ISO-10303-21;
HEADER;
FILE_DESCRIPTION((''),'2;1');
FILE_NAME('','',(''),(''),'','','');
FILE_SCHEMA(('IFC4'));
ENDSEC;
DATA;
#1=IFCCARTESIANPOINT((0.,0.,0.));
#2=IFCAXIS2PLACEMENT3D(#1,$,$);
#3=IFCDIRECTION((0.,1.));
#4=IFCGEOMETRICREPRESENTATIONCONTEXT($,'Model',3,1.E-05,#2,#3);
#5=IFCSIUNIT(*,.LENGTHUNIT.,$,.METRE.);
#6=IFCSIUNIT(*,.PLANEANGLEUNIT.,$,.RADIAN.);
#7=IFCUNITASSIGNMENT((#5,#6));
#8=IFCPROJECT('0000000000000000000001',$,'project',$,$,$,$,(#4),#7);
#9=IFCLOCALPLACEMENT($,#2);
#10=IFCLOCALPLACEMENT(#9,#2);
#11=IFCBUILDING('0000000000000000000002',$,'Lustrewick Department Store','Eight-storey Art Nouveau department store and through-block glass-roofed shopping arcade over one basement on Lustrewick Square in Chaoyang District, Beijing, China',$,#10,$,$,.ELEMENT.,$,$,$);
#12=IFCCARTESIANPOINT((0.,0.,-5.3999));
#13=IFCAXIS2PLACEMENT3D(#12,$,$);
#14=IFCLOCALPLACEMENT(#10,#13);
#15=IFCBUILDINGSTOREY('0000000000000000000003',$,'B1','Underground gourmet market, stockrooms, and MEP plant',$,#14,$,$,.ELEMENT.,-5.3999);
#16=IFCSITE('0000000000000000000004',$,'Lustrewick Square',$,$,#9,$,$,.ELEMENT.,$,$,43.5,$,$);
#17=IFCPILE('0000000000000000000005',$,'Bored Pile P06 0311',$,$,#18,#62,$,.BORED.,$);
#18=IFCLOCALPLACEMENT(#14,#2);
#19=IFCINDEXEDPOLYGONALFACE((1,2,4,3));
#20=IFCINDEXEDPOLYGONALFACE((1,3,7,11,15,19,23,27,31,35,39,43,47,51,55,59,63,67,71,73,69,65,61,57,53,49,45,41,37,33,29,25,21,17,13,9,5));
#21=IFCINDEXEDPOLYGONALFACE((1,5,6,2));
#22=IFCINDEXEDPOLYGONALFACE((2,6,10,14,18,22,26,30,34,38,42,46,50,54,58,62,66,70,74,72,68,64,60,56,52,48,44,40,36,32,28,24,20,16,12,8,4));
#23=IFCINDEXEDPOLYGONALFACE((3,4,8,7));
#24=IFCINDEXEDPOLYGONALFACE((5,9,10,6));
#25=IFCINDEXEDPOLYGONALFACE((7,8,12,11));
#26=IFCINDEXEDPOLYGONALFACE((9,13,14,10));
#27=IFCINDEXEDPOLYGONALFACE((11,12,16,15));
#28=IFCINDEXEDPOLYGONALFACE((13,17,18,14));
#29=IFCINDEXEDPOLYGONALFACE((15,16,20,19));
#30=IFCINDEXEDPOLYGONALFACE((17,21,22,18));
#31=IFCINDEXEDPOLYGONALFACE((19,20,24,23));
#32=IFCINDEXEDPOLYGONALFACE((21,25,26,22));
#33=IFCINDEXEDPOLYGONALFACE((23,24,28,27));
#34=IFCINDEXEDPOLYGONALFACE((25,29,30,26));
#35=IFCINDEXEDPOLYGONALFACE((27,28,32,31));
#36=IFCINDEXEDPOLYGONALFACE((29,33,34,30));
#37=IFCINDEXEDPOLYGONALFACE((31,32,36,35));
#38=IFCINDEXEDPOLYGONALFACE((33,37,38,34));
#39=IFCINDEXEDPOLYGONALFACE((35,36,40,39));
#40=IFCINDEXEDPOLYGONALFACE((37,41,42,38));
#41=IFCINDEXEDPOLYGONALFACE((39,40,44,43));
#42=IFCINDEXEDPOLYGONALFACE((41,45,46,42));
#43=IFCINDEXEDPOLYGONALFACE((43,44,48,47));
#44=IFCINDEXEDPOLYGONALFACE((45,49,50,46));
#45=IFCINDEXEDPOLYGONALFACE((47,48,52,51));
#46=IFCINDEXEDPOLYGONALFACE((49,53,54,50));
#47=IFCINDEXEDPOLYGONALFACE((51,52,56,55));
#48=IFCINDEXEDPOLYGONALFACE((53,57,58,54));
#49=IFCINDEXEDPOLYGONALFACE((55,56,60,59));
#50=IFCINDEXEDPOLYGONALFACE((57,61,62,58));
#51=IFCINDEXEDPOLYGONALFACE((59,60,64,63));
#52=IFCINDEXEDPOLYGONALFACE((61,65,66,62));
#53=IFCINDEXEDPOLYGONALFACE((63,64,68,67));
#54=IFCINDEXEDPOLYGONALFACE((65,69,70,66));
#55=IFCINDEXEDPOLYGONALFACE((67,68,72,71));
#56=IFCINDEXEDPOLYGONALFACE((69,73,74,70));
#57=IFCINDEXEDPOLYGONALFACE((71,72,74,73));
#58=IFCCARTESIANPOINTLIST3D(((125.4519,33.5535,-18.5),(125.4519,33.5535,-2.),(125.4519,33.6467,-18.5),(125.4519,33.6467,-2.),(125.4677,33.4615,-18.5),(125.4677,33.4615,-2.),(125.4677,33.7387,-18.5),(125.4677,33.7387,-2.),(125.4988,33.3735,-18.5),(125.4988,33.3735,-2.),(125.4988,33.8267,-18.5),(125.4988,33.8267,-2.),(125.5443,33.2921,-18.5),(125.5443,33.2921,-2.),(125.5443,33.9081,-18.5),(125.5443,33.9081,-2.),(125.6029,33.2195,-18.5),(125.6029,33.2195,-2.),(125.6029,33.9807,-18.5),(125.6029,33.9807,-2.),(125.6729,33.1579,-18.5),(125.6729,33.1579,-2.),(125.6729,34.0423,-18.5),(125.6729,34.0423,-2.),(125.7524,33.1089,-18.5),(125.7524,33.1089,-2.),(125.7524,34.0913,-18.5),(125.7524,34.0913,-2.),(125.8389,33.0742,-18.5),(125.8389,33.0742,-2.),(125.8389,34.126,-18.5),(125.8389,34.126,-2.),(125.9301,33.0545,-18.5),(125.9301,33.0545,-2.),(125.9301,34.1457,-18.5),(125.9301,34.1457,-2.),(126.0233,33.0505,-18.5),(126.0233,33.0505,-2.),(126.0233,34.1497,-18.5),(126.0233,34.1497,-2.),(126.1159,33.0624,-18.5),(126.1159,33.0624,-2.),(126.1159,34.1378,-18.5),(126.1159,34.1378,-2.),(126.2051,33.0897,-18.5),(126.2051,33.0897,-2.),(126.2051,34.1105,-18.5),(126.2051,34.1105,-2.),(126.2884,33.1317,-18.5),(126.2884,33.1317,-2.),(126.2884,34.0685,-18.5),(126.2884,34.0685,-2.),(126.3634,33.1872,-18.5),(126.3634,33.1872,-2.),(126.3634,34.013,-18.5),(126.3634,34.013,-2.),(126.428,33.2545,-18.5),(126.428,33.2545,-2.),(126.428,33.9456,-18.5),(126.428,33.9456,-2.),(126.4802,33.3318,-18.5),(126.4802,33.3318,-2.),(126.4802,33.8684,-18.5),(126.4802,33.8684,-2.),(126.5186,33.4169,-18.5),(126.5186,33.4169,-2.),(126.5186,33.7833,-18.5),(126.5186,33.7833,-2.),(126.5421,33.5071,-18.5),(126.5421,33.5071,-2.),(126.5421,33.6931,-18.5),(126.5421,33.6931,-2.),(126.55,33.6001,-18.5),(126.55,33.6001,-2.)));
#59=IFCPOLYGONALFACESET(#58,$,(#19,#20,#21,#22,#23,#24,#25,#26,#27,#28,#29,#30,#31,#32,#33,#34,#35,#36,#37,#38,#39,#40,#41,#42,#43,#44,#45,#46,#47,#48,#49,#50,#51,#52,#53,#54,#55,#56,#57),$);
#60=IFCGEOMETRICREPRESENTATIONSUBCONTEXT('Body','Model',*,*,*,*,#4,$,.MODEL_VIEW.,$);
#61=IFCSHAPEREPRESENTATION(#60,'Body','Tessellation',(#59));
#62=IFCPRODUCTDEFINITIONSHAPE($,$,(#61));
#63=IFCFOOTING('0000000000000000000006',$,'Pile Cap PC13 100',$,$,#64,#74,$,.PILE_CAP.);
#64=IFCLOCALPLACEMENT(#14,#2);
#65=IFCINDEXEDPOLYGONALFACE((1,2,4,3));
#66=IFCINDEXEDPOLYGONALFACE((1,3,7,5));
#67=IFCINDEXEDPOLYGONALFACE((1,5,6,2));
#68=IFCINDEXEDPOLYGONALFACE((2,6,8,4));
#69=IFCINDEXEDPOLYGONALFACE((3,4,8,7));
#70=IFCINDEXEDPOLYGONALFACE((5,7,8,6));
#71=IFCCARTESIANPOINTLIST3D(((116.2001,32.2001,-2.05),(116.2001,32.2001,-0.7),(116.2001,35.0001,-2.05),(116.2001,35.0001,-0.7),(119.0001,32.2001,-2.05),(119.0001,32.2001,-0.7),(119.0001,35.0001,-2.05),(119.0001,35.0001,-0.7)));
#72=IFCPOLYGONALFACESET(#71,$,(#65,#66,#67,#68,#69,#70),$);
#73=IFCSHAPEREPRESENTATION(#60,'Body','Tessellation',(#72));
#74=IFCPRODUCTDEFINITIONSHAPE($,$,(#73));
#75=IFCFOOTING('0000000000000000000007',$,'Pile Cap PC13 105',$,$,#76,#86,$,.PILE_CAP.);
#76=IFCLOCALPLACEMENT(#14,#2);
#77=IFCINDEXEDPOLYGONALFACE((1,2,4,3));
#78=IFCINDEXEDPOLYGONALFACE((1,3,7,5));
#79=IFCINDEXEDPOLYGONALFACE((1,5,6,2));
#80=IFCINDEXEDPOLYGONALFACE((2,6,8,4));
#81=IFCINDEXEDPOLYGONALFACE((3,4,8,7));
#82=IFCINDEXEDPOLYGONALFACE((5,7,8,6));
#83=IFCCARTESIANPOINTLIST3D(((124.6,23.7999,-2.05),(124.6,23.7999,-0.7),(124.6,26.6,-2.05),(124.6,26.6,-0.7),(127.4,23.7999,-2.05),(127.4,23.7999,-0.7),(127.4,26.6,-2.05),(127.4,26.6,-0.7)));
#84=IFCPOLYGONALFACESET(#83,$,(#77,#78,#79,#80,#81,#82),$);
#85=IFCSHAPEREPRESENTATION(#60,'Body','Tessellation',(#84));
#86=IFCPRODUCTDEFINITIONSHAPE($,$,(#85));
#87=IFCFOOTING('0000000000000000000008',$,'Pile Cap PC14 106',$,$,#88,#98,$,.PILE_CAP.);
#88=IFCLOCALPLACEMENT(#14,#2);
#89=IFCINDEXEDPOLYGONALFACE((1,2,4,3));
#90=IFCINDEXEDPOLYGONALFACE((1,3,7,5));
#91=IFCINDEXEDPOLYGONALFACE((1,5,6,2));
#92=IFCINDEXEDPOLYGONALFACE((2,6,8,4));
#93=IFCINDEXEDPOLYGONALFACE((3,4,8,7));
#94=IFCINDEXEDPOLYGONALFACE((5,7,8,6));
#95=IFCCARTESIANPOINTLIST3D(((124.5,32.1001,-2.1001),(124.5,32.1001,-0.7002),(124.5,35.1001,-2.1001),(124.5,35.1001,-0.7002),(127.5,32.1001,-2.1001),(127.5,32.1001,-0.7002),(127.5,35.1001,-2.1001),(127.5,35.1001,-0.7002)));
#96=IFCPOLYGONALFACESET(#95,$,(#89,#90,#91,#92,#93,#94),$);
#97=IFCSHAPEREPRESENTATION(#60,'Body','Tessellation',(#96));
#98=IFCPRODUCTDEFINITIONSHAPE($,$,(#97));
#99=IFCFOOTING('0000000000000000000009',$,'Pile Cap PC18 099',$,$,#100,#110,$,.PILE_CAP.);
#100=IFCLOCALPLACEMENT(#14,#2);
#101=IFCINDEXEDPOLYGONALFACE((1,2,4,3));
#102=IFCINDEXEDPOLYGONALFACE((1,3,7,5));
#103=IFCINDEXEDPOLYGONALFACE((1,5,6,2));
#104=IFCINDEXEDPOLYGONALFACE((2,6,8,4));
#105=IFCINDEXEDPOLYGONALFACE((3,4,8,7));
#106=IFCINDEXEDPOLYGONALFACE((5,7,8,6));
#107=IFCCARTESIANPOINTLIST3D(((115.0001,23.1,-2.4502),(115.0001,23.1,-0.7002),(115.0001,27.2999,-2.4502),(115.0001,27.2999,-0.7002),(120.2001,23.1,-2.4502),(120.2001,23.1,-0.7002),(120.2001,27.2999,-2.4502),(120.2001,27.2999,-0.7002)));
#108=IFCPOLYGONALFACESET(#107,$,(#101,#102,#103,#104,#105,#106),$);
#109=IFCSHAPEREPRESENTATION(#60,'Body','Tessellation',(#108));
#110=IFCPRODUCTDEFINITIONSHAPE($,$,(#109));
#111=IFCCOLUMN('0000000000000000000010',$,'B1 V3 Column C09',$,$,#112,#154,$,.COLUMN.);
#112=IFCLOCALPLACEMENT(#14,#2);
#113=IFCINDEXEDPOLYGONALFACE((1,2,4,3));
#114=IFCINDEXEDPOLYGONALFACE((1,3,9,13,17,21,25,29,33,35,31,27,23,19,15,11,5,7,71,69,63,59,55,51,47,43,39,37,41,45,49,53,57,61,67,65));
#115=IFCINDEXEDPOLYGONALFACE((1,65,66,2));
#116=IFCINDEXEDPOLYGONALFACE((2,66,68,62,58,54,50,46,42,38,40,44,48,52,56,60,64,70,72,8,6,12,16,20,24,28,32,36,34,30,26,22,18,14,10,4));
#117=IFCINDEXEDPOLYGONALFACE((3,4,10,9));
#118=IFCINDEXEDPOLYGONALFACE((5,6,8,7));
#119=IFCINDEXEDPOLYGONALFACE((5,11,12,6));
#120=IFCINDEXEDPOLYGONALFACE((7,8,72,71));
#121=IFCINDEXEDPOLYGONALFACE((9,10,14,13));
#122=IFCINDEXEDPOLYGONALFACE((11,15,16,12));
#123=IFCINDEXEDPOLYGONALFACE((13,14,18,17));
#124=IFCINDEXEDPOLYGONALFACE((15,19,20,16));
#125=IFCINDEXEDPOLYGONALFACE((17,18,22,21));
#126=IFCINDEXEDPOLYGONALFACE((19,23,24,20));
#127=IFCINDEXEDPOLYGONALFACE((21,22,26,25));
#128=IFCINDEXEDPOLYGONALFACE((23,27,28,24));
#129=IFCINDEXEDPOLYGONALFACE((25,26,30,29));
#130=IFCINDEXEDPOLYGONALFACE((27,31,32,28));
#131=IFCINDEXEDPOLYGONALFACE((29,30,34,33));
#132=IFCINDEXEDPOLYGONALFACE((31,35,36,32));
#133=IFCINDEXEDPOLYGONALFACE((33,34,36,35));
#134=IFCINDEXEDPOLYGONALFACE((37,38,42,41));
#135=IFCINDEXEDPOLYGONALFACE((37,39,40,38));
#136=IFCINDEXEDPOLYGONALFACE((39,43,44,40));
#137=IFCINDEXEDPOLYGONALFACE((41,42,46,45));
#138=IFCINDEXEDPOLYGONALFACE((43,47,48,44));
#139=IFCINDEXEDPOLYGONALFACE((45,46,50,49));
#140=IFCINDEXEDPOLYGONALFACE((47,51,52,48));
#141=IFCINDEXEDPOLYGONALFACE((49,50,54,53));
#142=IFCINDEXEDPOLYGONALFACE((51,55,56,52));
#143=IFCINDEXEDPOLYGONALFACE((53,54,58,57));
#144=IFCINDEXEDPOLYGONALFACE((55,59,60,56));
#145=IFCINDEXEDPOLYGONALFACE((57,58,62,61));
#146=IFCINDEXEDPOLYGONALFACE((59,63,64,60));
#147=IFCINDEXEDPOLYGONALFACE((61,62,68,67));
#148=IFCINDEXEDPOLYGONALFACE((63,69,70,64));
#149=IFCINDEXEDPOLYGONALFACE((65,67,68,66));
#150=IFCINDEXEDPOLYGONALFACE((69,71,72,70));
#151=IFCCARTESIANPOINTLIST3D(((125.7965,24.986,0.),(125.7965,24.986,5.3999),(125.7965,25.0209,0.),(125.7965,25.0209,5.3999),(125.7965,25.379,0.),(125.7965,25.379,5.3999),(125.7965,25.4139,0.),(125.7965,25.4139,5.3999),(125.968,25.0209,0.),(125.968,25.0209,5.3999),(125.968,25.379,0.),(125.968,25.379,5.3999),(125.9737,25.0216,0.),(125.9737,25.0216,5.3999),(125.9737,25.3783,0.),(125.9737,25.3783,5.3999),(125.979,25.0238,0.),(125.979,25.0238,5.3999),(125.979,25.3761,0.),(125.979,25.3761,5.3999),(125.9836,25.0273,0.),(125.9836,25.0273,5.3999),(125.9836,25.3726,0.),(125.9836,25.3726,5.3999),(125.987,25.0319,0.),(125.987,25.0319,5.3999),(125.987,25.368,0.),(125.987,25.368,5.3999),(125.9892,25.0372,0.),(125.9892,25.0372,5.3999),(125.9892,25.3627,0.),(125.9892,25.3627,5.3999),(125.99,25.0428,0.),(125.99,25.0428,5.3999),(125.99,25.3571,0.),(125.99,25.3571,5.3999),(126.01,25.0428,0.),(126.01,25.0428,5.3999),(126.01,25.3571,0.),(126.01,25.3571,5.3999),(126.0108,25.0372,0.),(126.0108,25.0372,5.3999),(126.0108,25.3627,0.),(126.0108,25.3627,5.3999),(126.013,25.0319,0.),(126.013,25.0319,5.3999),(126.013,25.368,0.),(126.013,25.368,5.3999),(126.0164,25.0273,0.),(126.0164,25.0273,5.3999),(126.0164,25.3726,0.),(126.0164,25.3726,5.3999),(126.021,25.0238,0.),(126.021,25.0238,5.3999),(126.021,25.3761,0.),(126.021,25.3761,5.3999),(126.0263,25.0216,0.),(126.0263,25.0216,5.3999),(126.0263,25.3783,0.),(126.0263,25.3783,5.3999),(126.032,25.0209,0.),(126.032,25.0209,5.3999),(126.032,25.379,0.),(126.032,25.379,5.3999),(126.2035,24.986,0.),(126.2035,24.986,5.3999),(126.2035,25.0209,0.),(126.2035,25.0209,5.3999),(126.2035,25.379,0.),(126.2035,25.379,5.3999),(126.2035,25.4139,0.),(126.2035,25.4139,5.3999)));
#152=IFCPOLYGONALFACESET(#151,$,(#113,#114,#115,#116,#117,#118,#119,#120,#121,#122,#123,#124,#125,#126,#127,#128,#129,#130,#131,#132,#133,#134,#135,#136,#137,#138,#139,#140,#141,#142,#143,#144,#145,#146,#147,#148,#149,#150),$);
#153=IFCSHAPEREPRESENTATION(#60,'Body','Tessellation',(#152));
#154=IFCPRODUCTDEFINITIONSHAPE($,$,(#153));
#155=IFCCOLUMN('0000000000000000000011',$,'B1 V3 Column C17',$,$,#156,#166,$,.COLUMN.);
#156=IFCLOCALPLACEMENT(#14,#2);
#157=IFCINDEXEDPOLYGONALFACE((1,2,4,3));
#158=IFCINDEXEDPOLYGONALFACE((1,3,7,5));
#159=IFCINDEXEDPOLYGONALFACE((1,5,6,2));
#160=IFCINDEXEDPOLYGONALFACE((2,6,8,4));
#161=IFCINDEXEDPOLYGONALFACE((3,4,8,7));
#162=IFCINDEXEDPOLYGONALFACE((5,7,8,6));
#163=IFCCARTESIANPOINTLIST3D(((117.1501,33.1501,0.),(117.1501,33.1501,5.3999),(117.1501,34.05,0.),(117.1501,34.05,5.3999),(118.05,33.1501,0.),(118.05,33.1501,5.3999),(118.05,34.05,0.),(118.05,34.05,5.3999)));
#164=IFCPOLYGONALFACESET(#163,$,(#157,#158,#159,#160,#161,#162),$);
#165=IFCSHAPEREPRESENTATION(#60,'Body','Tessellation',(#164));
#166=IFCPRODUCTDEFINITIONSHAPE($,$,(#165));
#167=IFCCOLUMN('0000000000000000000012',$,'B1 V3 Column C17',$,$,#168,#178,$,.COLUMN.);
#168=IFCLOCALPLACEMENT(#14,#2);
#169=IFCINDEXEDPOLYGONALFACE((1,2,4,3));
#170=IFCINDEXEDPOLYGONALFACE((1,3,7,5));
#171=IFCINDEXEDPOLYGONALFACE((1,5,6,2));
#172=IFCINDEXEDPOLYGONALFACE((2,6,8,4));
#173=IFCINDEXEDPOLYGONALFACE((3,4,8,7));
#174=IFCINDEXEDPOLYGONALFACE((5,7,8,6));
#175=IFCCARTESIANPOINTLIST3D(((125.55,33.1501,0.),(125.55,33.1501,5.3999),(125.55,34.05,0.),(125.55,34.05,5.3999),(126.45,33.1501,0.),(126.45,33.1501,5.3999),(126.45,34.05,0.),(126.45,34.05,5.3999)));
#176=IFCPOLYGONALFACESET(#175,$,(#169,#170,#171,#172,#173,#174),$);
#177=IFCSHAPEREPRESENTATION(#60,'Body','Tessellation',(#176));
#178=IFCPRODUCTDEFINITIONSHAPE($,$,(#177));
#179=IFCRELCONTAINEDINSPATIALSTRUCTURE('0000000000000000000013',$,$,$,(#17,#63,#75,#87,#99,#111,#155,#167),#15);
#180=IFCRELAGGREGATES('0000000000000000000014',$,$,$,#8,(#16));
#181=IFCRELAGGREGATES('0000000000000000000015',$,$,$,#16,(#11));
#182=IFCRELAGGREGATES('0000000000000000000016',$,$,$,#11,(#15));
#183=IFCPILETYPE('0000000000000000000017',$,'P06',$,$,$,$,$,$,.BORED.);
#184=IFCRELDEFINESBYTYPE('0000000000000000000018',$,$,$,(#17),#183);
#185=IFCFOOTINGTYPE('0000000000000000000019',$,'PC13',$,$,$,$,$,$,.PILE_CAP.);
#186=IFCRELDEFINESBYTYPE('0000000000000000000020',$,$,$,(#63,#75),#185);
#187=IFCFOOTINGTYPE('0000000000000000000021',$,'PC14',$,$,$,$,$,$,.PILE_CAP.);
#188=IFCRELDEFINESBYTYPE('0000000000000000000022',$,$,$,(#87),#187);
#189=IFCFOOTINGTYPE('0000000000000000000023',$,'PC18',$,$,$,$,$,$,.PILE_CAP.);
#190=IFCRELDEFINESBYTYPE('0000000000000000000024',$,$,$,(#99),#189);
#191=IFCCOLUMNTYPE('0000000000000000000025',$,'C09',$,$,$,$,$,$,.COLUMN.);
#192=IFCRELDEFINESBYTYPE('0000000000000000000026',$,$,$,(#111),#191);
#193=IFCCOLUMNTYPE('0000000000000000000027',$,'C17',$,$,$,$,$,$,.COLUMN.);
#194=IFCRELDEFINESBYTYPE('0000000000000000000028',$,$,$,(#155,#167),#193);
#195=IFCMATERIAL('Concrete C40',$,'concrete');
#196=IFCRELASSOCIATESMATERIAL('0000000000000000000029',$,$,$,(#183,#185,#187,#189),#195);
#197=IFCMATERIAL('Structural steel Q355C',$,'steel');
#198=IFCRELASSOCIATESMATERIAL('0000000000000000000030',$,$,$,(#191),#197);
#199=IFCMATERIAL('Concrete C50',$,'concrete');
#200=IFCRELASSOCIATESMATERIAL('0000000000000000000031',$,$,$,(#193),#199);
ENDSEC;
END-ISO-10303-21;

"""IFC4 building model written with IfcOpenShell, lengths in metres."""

from ifc_helpers import new_model, si_unit, direction, frame, origin, origin_2d, place, context, subcontext, project, spatial, rectangle, circle, i_section, extrude, material, material_profile, profile_set, type_object, element, save


model = new_model("IFC4")

# Units and contexts
model_context = context("Model", 3, precision=1e-05, world=origin(), true_north=direction((0.0, 1.0)))
body_context = subcontext(model_context, "Body", "Model", "MODEL_VIEW")
ifc_project = project(units=[si_unit("LENGTHUNIT", "METRE"), si_unit("PLANEANGLEUNIT", "RADIAN")], contexts=[model_context])

# Site, building, storey
site_placement = place(None, origin())
site = spatial("IfcSite", under=ifc_project, at=site_placement, Name="Lustrewick Square", CompositionType="ELEMENT", RefElevation=43.5)
building_placement = place(site_placement, origin())
building = spatial("IfcBuilding", under=site, at=building_placement, Name="Lustrewick Department Store", Description="Eight-storey Art Nouveau department store and through-block glass-roofed shopping arcade over one basement on Lustrewick Square in Chaoyang District, Beijing, China", CompositionType="ELEMENT")
storey_placement = place(building_placement, frame((0.0, 0.0, -5.3999)))
storey = spatial("IfcBuildingStorey", under=building, at=storey_placement, Name="B1", Description="Underground gourmet market, stockrooms, and MEP plant", CompositionType="ELEMENT", Elevation=-5.3999)

# Pile
ifc_material_1 = material(Name="Concrete C40", Category="concrete")
ifc_material_profile_1 = material_profile(ifc_material_1, circle(Radius=0.55, at=origin_2d()), Name="PILE D1100")
ifc_profile_set_1 = profile_set([ifc_material_profile_1], Name="Concrete C40")
pile_type_1 = type_object("IfcPileType", Name="P06", PredefinedType="BORED", material=ifc_profile_set_1)
for number, where, z_axis, x_axis, name in (
    (1, (126.0, 33.6001, -2.0), (0.0, 0.0, -1.0), (1.0, 0.0, 0.0), "Bored Pile P06 0311"),
):
    element("IfcPile", number, at=place(storey_placement, frame(where, z_axis=z_axis, x_axis=x_axis)), inside=storey, type_object=pile_type_1, Name=name, PredefinedType="BORED", context=body_context, shape_type="SweptSolid", body=[
        extrude(circle(Radius=0.55, at=origin_2d()), origin(), (0.0, 0.0, 1.0), 16.5),
    ])

# Footings
footing_type_1 = type_object("IfcFootingType", Name="PC13", PredefinedType="PILE_CAP", material=ifc_material_1)
for number, where, z_axis, x_axis, name in (
    (2, (117.6001, 33.6001, -2.05), (0.0, 0.0, 1.0), (1.0, 0.0, 0.0), "Pile Cap PC13 100"),
    (3, (126.0, 25.2, -2.05), (0.0, 0.0, 1.0), (1.0, 0.0, 0.0), "Pile Cap PC13 105"),
):
    element("IfcFooting", number, at=place(storey_placement, frame(where, z_axis=z_axis, x_axis=x_axis)), inside=storey, type_object=footing_type_1, Name=name, PredefinedType="PILE_CAP", context=body_context, shape_type="SweptSolid", body=[
        extrude(rectangle(XDim=2.8, YDim=2.8, at=origin_2d()), origin(), (0.0, 0.0, 1.0), 1.3501),
    ])
footing_type_2 = type_object("IfcFootingType", Name="PC14", PredefinedType="PILE_CAP", material=ifc_material_1)
footing_1_placement = place(storey_placement, frame((126.0, 33.6001, -2.1001), z_axis=(0.0, 0.0, 1.0), x_axis=(1.0, 0.0, 0.0)))
element("IfcFooting", 4, at=footing_1_placement, inside=storey, type_object=footing_type_2, Name="Pile Cap PC14 106", PredefinedType="PILE_CAP", context=body_context, shape_type="SweptSolid", body=[
    extrude(rectangle(XDim=3.0, YDim=3.0, at=origin_2d()), origin(), (0.0, 0.0, 1.0), 1.3999),
])
footing_type_3 = type_object("IfcFootingType", Name="PC18", PredefinedType="PILE_CAP", material=ifc_material_1)
footing_2_placement = place(storey_placement, frame((117.6001, 25.2, -2.4502), z_axis=(0.0, 0.0, 1.0), x_axis=(1.0, 0.0, 0.0)))
element("IfcFooting", 5, at=footing_2_placement, inside=storey, type_object=footing_type_3, Name="Pile Cap PC18 099", PredefinedType="PILE_CAP", context=body_context, shape_type="SweptSolid", body=[
    extrude(rectangle(XDim=5.2, YDim=4.2, at=origin_2d()), origin(), (0.0, 0.0, 1.0), 1.75),
])

# Columns
ifc_material_2 = material(Name="Structural steel Q355C", Category="steel")
ifc_material_profile_2 = material_profile(ifc_material_2, i_section(OverallWidth=0.407, OverallDepth=0.428, WebThickness=0.02, FlangeThickness=0.0349, FilletRadius=0.022, at=origin_2d()), Name="HW 428x407x20x35")
ifc_profile_set_2 = profile_set([ifc_material_profile_2], Name="Structural steel Q355C")
column_type_1 = type_object("IfcColumnType", Name="C09", PredefinedType="COLUMN", material=ifc_profile_set_2)
column_1_placement = place(storey_placement, frame((126.0, 25.2, 0.0), z_axis=(0.0, 0.0, 1.0), x_axis=(1.0, 0.0, 0.0)))
element("IfcColumn", 6, at=column_1_placement, inside=storey, type_object=column_type_1, Name="B1 V3 Column C09", PredefinedType="COLUMN", context=body_context, shape_type="SweptSolid", body=[
    extrude(i_section(OverallWidth=0.407, OverallDepth=0.428, WebThickness=0.02, FlangeThickness=0.0349, FilletRadius=0.022, at=origin_2d()), origin(), (0.0, 0.0, 1.0), 5.3999),
])
ifc_material_3 = material(Name="Concrete C50", Category="concrete")
ifc_material_profile_3 = material_profile(ifc_material_3, rectangle(XDim=0.8999, YDim=0.8999, at=origin_2d()), Name="RC 900x900")
ifc_profile_set_3 = profile_set([ifc_material_profile_3], Name="Concrete C50")
column_type_2 = type_object("IfcColumnType", Name="C17", PredefinedType="COLUMN", material=ifc_profile_set_3)
for number, where, z_axis, x_axis, name in (
    (7, (117.6001, 33.6001, 0.0), (0.0, 0.0, 1.0), (1.0, 0.0, 0.0), "B1 V3 Column C17"),
    (8, (126.0, 33.6001, 0.0), (0.0, 0.0, 1.0), (1.0, 0.0, 0.0), "B1 V3 Column C17"),
):
    element("IfcColumn", number, at=place(storey_placement, frame(where, z_axis=z_axis, x_axis=x_axis)), inside=storey, type_object=column_type_2, Name=name, PredefinedType="COLUMN", context=body_context, shape_type="SweptSolid", body=[
        extrude(rectangle(XDim=0.8999, YDim=0.8999, at=origin_2d()), origin(), (0.0, 0.0, 1.0), 5.3999),
    ])

save(model, "model.ifc")
